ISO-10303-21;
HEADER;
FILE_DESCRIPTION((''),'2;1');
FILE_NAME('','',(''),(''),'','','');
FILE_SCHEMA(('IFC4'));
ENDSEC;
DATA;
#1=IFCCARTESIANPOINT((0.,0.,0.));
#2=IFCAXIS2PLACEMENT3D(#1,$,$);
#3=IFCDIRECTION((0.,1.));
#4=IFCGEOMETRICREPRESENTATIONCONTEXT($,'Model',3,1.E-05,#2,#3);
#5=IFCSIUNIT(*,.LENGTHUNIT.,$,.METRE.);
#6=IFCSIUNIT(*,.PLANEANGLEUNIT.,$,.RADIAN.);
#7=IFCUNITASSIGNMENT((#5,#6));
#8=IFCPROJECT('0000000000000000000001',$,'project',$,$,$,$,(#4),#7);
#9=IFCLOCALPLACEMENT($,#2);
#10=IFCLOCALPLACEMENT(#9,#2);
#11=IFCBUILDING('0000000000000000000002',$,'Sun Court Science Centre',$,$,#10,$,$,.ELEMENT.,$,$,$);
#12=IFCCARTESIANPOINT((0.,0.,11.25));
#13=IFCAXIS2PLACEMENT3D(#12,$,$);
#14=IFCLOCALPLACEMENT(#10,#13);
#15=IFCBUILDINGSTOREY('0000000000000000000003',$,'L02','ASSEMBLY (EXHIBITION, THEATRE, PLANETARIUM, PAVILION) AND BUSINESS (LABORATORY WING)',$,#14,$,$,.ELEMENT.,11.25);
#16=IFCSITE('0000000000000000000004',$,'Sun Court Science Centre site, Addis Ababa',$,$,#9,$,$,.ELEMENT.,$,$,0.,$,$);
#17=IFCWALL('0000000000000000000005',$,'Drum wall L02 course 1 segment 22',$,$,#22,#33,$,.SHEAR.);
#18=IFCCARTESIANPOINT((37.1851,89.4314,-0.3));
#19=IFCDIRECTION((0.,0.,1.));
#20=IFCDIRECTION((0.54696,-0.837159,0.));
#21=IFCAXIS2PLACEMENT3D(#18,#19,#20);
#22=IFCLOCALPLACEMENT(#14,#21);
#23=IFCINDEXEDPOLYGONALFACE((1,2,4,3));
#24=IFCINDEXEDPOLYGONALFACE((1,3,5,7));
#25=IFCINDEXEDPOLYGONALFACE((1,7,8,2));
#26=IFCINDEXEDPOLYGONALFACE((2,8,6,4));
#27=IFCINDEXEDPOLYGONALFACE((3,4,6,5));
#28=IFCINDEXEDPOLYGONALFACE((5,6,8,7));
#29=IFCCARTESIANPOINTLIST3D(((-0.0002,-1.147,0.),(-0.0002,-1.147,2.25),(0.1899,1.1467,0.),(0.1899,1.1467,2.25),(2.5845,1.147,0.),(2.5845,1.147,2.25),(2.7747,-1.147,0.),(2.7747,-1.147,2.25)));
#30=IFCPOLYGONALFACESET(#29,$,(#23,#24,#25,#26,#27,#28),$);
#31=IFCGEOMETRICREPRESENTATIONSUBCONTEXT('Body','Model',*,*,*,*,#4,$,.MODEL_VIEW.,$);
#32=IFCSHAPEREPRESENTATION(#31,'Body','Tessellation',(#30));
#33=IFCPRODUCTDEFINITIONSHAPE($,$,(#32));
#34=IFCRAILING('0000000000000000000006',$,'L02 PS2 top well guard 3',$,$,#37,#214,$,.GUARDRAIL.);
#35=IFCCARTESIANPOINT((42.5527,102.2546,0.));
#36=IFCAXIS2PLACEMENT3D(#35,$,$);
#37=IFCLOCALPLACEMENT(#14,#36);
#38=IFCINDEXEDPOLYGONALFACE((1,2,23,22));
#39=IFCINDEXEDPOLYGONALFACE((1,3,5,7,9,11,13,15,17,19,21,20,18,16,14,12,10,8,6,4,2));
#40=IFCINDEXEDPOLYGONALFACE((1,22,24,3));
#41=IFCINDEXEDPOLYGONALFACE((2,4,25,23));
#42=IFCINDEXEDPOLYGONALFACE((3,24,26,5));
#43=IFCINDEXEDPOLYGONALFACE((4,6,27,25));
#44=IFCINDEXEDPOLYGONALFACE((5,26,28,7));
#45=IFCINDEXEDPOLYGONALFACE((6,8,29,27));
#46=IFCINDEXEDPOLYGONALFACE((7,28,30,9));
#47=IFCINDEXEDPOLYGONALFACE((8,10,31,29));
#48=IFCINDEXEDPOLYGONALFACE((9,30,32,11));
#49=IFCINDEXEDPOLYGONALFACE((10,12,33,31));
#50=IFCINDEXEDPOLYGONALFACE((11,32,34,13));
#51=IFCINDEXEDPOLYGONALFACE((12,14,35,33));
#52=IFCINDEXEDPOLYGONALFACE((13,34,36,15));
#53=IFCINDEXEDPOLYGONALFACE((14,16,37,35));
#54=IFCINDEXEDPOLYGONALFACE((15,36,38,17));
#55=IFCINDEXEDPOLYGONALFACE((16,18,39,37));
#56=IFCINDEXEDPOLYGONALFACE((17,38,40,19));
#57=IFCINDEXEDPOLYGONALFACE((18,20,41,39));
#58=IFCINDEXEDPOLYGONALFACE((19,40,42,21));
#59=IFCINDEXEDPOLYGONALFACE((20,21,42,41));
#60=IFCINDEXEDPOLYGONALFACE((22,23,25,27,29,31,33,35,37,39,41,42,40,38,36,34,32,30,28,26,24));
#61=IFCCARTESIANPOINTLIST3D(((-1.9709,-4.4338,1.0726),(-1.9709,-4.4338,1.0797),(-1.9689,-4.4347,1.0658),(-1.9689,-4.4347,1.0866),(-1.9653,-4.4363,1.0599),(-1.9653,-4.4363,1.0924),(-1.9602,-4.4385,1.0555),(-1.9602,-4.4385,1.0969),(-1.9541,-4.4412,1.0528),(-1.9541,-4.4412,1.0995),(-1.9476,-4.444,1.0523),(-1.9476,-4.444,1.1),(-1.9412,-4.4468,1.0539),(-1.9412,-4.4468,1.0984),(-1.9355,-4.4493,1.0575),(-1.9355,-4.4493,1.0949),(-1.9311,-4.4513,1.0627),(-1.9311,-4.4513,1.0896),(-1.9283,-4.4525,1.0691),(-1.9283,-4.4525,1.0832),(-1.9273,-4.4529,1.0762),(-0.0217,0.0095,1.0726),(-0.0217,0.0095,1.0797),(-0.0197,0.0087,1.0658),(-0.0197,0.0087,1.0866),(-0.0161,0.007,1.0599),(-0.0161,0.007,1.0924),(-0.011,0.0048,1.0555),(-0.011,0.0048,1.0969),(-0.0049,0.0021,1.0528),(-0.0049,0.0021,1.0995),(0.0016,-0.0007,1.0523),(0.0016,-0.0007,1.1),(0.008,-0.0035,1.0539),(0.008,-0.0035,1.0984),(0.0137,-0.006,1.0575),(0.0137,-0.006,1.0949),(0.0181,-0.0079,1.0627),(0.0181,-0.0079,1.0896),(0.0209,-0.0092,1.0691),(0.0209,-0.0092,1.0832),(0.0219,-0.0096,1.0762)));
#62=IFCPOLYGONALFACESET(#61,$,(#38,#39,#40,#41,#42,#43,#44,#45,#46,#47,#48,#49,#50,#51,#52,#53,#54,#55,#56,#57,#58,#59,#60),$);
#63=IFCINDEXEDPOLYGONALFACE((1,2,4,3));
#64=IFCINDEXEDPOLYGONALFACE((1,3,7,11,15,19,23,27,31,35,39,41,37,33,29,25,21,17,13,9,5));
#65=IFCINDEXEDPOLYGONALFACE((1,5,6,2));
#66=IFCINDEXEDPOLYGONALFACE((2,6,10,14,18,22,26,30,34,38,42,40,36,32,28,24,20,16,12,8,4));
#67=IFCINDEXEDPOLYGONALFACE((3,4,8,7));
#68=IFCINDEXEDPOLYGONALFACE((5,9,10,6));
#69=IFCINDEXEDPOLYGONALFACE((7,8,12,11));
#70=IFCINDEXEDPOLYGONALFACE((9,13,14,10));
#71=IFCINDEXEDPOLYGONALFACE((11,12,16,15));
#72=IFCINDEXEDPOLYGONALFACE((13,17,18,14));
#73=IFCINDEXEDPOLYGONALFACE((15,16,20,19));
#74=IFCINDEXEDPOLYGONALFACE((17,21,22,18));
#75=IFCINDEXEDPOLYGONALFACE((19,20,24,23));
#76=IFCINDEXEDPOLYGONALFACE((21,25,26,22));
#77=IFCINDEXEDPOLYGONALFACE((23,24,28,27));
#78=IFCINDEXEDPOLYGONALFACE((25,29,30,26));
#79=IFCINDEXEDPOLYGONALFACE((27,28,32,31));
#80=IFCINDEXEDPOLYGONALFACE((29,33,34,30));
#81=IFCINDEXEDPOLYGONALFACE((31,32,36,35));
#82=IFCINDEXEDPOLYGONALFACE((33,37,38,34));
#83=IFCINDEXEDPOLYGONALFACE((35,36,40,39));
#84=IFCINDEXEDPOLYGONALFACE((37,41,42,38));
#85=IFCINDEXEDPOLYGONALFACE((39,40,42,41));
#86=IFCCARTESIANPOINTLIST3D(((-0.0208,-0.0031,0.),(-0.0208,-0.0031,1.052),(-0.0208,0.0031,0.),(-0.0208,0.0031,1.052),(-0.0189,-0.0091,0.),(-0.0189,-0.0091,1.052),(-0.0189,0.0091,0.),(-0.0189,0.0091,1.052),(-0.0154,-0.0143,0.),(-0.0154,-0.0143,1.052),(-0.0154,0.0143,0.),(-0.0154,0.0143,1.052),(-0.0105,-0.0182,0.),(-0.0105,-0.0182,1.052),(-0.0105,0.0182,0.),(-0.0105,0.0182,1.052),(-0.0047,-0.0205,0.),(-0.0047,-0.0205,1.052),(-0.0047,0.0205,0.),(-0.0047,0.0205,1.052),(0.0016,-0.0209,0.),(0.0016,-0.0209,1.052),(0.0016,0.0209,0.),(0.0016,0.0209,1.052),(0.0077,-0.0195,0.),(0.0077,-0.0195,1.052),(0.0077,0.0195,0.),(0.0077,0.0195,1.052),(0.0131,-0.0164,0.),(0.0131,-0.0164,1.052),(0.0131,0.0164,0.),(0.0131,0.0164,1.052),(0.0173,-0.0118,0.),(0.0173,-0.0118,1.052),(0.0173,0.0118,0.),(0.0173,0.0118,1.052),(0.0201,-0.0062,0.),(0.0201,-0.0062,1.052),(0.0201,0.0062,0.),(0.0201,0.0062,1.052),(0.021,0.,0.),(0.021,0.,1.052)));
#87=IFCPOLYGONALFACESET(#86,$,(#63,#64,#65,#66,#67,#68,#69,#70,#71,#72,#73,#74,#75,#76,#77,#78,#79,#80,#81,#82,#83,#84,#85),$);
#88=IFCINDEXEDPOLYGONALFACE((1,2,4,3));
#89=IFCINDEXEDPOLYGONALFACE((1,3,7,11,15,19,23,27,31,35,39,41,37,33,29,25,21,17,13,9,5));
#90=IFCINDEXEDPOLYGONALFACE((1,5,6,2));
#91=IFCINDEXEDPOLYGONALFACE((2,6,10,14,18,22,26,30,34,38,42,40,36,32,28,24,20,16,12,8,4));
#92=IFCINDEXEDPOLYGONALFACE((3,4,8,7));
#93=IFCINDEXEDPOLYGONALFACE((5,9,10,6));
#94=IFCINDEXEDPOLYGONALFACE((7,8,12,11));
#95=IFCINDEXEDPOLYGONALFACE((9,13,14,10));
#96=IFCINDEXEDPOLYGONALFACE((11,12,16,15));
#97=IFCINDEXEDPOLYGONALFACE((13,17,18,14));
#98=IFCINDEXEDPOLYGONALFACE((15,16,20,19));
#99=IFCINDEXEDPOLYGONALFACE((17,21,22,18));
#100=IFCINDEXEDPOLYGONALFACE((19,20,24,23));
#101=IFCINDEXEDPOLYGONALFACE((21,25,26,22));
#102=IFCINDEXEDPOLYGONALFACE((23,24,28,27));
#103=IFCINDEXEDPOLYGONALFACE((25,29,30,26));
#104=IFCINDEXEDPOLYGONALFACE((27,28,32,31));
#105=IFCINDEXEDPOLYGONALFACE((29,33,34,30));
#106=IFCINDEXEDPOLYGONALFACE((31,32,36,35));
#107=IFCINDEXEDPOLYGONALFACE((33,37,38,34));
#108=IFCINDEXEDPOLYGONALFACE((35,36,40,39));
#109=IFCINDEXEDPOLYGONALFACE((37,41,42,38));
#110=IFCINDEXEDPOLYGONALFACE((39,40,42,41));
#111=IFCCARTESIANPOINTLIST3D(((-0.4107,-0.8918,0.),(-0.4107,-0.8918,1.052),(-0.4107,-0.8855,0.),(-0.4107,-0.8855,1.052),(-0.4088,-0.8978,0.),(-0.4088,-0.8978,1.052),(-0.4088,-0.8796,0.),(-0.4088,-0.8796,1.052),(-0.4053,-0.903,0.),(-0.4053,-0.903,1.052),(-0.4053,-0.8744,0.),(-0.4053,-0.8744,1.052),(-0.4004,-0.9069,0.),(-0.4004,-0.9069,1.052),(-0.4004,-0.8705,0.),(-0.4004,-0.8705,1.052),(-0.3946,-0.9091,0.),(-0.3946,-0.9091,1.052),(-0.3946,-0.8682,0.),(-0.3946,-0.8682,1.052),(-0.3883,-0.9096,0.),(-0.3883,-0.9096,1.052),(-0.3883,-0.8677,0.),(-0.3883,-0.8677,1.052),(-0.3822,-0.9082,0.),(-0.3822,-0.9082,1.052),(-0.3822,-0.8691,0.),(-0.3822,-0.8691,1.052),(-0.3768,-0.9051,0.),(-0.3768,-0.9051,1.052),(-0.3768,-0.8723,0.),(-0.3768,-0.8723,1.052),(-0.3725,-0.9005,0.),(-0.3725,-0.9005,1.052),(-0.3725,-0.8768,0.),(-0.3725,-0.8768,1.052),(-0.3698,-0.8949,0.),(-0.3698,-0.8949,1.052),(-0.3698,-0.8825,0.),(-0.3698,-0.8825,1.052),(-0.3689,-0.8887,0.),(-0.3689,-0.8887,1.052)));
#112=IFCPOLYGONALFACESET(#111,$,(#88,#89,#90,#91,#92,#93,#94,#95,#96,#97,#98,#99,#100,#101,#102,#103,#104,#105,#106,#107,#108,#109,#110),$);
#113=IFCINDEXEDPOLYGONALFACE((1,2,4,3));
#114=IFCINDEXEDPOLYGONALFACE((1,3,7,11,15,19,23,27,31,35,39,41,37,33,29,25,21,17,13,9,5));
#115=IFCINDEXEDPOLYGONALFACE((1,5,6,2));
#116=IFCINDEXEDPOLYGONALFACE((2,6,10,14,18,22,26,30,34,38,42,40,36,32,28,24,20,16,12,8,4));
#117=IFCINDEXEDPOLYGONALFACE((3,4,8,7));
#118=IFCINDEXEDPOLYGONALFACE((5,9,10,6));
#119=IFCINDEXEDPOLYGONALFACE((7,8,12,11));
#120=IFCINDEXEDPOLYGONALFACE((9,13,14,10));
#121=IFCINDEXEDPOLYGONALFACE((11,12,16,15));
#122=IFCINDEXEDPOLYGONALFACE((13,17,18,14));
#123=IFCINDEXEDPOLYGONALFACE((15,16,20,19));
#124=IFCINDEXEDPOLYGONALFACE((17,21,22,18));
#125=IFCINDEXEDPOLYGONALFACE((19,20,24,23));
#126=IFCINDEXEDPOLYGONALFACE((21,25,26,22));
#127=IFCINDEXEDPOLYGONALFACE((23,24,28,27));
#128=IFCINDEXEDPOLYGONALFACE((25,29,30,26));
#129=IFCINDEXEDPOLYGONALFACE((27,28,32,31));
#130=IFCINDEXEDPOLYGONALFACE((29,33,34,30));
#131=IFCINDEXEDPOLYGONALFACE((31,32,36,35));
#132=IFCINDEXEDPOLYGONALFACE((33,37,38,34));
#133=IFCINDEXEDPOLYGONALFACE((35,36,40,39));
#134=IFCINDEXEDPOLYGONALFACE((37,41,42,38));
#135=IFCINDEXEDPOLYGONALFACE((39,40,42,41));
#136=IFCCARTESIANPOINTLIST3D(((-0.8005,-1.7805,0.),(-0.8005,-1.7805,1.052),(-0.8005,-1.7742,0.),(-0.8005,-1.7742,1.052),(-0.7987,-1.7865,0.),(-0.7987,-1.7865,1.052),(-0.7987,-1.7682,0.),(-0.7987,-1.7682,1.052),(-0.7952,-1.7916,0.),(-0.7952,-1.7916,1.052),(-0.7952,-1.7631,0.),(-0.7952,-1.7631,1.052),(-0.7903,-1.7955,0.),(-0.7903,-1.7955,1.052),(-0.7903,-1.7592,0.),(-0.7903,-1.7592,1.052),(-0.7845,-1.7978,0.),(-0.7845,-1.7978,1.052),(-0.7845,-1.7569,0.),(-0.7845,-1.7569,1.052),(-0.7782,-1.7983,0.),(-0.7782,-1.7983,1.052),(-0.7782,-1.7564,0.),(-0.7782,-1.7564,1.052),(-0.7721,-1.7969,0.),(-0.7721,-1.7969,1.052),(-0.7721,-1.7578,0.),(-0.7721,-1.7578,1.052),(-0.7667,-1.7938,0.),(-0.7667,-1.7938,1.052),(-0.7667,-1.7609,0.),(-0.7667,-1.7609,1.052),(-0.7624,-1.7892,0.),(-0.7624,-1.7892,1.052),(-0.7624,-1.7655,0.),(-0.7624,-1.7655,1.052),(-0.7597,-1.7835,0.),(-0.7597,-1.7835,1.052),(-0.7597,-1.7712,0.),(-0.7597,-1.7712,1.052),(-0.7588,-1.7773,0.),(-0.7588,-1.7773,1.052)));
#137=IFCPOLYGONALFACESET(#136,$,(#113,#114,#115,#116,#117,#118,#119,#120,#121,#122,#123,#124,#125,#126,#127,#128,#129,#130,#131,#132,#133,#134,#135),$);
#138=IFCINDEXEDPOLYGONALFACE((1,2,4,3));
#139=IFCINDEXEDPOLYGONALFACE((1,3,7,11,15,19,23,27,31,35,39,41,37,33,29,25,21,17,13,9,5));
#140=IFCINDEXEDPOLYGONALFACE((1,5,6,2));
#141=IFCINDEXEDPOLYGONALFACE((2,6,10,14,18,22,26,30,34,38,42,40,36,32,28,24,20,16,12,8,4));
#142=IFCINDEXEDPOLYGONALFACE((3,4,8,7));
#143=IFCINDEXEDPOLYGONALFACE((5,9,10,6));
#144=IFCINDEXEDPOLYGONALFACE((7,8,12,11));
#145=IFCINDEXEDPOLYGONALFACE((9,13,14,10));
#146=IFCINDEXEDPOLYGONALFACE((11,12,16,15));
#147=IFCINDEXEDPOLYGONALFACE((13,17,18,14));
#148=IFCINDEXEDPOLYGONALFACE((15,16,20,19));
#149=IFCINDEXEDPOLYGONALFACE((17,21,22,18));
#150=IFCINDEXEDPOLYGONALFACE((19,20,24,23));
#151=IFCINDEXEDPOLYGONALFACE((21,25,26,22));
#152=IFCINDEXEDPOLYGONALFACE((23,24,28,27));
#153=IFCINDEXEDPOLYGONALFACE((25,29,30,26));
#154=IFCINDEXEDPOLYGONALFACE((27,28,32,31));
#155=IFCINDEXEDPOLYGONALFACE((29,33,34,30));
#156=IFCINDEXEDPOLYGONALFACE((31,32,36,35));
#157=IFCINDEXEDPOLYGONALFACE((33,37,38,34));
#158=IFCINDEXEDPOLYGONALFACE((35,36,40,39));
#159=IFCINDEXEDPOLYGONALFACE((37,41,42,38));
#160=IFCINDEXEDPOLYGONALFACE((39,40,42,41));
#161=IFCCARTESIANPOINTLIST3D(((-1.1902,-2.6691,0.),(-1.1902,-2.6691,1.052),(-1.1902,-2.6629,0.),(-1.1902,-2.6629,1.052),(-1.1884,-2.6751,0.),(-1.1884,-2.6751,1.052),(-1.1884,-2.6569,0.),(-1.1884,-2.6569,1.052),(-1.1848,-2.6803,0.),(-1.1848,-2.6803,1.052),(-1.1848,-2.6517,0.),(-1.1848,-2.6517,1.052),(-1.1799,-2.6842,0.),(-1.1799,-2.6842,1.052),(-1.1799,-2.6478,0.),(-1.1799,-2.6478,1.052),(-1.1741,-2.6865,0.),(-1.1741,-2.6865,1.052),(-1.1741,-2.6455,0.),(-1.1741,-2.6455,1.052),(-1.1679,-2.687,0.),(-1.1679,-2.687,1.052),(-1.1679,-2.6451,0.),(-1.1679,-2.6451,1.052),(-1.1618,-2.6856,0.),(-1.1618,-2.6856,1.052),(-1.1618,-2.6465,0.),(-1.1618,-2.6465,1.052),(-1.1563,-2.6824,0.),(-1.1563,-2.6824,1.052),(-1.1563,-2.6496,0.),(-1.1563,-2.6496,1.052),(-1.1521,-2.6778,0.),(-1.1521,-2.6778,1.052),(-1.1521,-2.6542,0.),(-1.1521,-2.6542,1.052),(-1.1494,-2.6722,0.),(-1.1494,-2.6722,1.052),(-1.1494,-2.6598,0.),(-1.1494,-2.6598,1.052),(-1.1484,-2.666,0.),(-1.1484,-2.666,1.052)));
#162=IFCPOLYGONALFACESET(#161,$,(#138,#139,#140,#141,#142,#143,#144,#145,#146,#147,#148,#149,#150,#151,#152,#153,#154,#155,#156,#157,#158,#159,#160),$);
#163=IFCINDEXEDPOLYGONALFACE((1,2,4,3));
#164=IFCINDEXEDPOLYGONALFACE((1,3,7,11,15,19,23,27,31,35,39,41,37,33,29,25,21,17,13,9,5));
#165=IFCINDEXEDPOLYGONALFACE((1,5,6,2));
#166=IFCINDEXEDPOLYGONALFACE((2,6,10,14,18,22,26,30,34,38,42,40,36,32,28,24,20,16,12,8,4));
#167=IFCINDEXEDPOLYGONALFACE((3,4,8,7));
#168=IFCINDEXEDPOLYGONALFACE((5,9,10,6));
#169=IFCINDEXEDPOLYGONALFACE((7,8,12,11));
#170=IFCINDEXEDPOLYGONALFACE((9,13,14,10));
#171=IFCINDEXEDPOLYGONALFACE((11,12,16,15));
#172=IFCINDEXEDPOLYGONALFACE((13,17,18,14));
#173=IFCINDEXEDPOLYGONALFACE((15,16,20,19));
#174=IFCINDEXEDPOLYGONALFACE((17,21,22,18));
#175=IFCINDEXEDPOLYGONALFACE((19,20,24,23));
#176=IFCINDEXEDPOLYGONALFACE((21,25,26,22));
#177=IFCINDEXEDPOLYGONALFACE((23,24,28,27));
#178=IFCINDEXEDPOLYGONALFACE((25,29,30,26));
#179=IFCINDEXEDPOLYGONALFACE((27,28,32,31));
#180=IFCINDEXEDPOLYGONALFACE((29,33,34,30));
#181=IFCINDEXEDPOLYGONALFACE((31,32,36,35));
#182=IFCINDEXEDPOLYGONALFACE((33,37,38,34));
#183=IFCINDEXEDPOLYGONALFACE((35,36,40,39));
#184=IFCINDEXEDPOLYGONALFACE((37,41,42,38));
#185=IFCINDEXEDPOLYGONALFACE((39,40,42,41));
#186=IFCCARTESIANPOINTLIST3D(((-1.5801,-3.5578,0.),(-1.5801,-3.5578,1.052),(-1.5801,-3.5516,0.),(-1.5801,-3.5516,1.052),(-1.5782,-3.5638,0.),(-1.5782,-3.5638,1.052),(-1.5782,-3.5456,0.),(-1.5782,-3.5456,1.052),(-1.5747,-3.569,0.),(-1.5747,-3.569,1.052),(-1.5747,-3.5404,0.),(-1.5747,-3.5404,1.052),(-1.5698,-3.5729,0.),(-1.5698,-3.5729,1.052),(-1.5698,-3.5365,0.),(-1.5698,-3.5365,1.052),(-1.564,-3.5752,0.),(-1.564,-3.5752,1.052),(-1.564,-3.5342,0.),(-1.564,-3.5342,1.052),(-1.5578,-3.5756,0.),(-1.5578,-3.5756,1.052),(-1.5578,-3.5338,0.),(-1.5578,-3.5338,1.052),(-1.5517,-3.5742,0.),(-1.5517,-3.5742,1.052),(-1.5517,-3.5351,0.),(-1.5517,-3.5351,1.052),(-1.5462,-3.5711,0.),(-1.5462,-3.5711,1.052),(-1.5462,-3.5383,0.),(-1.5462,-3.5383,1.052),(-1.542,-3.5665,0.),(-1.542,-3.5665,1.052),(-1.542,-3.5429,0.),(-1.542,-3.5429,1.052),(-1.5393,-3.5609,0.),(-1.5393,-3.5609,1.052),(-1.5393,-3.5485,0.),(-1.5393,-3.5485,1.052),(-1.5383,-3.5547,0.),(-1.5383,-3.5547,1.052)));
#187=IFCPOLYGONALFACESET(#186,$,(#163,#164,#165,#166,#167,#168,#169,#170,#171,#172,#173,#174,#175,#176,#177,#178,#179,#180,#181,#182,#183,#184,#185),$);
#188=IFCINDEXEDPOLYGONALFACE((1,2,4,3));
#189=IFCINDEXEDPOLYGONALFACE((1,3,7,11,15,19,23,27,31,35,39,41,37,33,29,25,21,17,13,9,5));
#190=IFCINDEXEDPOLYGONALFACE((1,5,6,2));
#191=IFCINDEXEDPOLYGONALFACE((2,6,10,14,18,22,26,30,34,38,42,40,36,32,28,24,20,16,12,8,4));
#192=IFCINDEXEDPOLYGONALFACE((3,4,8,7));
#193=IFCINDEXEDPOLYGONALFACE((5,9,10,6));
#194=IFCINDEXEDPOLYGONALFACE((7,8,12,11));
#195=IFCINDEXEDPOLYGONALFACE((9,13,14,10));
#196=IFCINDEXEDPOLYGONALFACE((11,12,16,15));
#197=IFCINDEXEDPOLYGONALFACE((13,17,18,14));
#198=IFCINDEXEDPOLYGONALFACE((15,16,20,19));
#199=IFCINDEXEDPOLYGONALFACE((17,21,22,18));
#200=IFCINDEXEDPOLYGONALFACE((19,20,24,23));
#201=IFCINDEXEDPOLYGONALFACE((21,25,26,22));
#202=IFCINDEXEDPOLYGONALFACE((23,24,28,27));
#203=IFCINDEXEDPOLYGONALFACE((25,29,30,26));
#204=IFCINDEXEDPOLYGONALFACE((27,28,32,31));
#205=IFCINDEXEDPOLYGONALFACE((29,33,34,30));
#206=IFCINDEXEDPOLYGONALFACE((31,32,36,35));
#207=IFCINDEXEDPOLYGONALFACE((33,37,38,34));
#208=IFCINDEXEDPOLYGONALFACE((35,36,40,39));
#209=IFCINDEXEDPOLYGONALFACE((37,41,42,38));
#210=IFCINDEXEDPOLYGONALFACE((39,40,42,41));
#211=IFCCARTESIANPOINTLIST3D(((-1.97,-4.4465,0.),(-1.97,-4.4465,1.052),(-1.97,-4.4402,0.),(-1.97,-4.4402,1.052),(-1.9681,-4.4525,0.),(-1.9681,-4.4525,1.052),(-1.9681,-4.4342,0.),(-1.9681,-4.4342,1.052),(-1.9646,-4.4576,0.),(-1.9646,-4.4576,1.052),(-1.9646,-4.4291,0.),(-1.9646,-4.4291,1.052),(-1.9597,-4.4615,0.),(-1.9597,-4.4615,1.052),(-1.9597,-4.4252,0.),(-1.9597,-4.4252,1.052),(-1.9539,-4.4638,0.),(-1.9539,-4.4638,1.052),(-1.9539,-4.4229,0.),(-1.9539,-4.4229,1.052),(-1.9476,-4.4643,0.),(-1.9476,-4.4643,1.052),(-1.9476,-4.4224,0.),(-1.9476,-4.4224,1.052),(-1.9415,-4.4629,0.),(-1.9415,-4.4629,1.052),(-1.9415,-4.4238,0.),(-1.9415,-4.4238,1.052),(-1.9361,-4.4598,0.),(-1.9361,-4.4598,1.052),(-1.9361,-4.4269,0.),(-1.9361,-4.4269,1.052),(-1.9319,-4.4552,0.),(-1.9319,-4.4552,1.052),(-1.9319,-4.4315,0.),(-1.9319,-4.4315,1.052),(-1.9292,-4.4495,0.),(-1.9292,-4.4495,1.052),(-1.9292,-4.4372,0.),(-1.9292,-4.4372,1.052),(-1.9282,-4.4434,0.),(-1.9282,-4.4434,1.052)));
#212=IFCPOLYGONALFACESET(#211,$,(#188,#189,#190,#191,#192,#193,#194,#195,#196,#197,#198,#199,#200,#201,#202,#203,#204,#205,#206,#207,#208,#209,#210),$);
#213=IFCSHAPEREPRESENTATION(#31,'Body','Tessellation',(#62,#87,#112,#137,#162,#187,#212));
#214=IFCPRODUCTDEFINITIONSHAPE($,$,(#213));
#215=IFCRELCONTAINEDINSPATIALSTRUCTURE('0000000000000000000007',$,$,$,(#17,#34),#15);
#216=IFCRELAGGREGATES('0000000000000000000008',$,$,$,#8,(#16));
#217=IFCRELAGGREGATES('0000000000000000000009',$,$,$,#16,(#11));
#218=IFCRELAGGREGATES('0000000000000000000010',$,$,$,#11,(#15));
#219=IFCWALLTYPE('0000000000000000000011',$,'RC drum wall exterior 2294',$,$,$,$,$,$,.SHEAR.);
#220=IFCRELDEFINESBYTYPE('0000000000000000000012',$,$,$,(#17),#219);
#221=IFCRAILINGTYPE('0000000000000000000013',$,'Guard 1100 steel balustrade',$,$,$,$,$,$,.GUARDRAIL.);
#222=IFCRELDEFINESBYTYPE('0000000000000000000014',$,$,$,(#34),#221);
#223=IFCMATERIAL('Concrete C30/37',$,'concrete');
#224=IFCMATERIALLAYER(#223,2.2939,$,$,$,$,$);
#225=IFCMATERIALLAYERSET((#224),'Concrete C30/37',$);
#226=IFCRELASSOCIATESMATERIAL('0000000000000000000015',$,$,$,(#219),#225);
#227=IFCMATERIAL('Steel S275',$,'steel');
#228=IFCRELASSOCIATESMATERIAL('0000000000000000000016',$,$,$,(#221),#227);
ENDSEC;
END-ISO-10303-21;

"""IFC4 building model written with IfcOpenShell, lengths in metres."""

from ifc_helpers import new_model, si_unit, direction, frame, origin, origin_2d, place, context, subcontext, project, spatial, polyline, circle, outline, extrude, material, layer, layer_set, type_object, element, save


model = new_model("IFC4")

# Units and contexts
model_context = context("Model", 3, precision=1e-05, world=origin(), true_north=direction((0.0, 1.0)))
body_context = subcontext(model_context, "Body", "Model", "MODEL_VIEW")
ifc_project = project(units=[si_unit("LENGTHUNIT", "METRE"), si_unit("PLANEANGLEUNIT", "RADIAN")], contexts=[model_context])

# Site, building, storey
site_placement = place(None, origin())
site = spatial("IfcSite", under=ifc_project, at=site_placement, Name="Sun Court Science Centre site, Addis Ababa", CompositionType="ELEMENT", RefElevation=0.0)
building_placement = place(site_placement, origin())
building = spatial("IfcBuilding", under=site, at=building_placement, Name="Sun Court Science Centre", CompositionType="ELEMENT")
storey_placement = place(building_placement, frame((0.0, 0.0, 11.25)))
storey = spatial("IfcBuildingStorey", under=building, at=storey_placement, Name="L02", Description="ASSEMBLY (EXHIBITION, THEATRE, PLANETARIUM, PAVILION) AND BUSINESS (LABORATORY WING)", CompositionType="ELEMENT", Elevation=11.25)

# Wall
ifc_material_1 = material(Name="Concrete C30/37", Category="concrete")
ifc_layer_1 = layer(ifc_material_1, 2.2939)
ifc_layer_set_1 = layer_set([ifc_layer_1], Name="Concrete C30/37")
wall_type_1 = type_object("IfcWallType", Name="RC drum wall exterior 2294", PredefinedType="SHEAR", material=ifc_layer_set_1)
wall_1_placement = place(storey_placement, frame((37.1851, 89.4314, -0.3), z_axis=(0.0, 0.0, 1.0), x_axis=(0.54696, -0.837159, 0.0)))
element("IfcWall", 1, at=wall_1_placement, inside=storey, type_object=wall_type_1, Name="Drum wall L02 course 1 segment 22", PredefinedType="SHEAR", context=body_context, shape_type="SweptSolid", body=[
    extrude(outline(polyline([(-0.0002, -1.147), (2.7747, -1.147), (2.5845, 1.147), (0.1899, 1.1467), (-0.0002, -1.147)])), origin(), (0.0, 0.0, 1.0), 2.25),
])

# Railing
ifc_material_2 = material(Name="Steel S275", Category="steel")
railing_type = type_object("IfcRailingType", Name="Guard 1100 steel balustrade", PredefinedType="GUARDRAIL", material=ifc_material_2)
railing_placement = place(storey_placement, frame((42.5527, 102.2546, 0.0)))
element("IfcRailing", 2, at=railing_placement, inside=storey, type_object=railing_type, Name="L02 PS2 top well guard 3", PredefinedType="GUARDRAIL", context=body_context, shape_type="SweptSolid", body=[
    extrude(circle(Radius=0.0239, at=origin_2d()), frame((0.0, 0.0, 1.0762), z_axis=(-0.401727, -0.91576, 0.0), x_axis=(0.91576, -0.401727, 0.0)), (0.0, 0.0, 1.0), 4.8521),
    extrude(circle(Radius=0.021, at=origin_2d()), origin(), (0.0, 0.0, 1.0), 1.052),
    extrude(circle(Radius=0.021, at=origin_2d()), frame((-0.3899, -0.8887, 0.0)), (0.0, 0.0, 1.0), 1.052),
    extrude(circle(Radius=0.021, at=origin_2d()), frame((-0.7798, -1.7773, 0.0)), (0.0, 0.0, 1.0), 1.052),
    extrude(circle(Radius=0.021, at=origin_2d()), frame((-1.1694, -2.666, 0.0)), (0.0, 0.0, 1.0), 1.052),
    extrude(circle(Radius=0.021, at=origin_2d()), frame((-1.5593, -3.5547, 0.0)), (0.0, 0.0, 1.0), 1.052),
    extrude(circle(Radius=0.021, at=origin_2d()), frame((-1.9492, -4.4434, 0.0)), (0.0, 0.0, 1.0), 1.052),
])

save(model, "model.ifc")
